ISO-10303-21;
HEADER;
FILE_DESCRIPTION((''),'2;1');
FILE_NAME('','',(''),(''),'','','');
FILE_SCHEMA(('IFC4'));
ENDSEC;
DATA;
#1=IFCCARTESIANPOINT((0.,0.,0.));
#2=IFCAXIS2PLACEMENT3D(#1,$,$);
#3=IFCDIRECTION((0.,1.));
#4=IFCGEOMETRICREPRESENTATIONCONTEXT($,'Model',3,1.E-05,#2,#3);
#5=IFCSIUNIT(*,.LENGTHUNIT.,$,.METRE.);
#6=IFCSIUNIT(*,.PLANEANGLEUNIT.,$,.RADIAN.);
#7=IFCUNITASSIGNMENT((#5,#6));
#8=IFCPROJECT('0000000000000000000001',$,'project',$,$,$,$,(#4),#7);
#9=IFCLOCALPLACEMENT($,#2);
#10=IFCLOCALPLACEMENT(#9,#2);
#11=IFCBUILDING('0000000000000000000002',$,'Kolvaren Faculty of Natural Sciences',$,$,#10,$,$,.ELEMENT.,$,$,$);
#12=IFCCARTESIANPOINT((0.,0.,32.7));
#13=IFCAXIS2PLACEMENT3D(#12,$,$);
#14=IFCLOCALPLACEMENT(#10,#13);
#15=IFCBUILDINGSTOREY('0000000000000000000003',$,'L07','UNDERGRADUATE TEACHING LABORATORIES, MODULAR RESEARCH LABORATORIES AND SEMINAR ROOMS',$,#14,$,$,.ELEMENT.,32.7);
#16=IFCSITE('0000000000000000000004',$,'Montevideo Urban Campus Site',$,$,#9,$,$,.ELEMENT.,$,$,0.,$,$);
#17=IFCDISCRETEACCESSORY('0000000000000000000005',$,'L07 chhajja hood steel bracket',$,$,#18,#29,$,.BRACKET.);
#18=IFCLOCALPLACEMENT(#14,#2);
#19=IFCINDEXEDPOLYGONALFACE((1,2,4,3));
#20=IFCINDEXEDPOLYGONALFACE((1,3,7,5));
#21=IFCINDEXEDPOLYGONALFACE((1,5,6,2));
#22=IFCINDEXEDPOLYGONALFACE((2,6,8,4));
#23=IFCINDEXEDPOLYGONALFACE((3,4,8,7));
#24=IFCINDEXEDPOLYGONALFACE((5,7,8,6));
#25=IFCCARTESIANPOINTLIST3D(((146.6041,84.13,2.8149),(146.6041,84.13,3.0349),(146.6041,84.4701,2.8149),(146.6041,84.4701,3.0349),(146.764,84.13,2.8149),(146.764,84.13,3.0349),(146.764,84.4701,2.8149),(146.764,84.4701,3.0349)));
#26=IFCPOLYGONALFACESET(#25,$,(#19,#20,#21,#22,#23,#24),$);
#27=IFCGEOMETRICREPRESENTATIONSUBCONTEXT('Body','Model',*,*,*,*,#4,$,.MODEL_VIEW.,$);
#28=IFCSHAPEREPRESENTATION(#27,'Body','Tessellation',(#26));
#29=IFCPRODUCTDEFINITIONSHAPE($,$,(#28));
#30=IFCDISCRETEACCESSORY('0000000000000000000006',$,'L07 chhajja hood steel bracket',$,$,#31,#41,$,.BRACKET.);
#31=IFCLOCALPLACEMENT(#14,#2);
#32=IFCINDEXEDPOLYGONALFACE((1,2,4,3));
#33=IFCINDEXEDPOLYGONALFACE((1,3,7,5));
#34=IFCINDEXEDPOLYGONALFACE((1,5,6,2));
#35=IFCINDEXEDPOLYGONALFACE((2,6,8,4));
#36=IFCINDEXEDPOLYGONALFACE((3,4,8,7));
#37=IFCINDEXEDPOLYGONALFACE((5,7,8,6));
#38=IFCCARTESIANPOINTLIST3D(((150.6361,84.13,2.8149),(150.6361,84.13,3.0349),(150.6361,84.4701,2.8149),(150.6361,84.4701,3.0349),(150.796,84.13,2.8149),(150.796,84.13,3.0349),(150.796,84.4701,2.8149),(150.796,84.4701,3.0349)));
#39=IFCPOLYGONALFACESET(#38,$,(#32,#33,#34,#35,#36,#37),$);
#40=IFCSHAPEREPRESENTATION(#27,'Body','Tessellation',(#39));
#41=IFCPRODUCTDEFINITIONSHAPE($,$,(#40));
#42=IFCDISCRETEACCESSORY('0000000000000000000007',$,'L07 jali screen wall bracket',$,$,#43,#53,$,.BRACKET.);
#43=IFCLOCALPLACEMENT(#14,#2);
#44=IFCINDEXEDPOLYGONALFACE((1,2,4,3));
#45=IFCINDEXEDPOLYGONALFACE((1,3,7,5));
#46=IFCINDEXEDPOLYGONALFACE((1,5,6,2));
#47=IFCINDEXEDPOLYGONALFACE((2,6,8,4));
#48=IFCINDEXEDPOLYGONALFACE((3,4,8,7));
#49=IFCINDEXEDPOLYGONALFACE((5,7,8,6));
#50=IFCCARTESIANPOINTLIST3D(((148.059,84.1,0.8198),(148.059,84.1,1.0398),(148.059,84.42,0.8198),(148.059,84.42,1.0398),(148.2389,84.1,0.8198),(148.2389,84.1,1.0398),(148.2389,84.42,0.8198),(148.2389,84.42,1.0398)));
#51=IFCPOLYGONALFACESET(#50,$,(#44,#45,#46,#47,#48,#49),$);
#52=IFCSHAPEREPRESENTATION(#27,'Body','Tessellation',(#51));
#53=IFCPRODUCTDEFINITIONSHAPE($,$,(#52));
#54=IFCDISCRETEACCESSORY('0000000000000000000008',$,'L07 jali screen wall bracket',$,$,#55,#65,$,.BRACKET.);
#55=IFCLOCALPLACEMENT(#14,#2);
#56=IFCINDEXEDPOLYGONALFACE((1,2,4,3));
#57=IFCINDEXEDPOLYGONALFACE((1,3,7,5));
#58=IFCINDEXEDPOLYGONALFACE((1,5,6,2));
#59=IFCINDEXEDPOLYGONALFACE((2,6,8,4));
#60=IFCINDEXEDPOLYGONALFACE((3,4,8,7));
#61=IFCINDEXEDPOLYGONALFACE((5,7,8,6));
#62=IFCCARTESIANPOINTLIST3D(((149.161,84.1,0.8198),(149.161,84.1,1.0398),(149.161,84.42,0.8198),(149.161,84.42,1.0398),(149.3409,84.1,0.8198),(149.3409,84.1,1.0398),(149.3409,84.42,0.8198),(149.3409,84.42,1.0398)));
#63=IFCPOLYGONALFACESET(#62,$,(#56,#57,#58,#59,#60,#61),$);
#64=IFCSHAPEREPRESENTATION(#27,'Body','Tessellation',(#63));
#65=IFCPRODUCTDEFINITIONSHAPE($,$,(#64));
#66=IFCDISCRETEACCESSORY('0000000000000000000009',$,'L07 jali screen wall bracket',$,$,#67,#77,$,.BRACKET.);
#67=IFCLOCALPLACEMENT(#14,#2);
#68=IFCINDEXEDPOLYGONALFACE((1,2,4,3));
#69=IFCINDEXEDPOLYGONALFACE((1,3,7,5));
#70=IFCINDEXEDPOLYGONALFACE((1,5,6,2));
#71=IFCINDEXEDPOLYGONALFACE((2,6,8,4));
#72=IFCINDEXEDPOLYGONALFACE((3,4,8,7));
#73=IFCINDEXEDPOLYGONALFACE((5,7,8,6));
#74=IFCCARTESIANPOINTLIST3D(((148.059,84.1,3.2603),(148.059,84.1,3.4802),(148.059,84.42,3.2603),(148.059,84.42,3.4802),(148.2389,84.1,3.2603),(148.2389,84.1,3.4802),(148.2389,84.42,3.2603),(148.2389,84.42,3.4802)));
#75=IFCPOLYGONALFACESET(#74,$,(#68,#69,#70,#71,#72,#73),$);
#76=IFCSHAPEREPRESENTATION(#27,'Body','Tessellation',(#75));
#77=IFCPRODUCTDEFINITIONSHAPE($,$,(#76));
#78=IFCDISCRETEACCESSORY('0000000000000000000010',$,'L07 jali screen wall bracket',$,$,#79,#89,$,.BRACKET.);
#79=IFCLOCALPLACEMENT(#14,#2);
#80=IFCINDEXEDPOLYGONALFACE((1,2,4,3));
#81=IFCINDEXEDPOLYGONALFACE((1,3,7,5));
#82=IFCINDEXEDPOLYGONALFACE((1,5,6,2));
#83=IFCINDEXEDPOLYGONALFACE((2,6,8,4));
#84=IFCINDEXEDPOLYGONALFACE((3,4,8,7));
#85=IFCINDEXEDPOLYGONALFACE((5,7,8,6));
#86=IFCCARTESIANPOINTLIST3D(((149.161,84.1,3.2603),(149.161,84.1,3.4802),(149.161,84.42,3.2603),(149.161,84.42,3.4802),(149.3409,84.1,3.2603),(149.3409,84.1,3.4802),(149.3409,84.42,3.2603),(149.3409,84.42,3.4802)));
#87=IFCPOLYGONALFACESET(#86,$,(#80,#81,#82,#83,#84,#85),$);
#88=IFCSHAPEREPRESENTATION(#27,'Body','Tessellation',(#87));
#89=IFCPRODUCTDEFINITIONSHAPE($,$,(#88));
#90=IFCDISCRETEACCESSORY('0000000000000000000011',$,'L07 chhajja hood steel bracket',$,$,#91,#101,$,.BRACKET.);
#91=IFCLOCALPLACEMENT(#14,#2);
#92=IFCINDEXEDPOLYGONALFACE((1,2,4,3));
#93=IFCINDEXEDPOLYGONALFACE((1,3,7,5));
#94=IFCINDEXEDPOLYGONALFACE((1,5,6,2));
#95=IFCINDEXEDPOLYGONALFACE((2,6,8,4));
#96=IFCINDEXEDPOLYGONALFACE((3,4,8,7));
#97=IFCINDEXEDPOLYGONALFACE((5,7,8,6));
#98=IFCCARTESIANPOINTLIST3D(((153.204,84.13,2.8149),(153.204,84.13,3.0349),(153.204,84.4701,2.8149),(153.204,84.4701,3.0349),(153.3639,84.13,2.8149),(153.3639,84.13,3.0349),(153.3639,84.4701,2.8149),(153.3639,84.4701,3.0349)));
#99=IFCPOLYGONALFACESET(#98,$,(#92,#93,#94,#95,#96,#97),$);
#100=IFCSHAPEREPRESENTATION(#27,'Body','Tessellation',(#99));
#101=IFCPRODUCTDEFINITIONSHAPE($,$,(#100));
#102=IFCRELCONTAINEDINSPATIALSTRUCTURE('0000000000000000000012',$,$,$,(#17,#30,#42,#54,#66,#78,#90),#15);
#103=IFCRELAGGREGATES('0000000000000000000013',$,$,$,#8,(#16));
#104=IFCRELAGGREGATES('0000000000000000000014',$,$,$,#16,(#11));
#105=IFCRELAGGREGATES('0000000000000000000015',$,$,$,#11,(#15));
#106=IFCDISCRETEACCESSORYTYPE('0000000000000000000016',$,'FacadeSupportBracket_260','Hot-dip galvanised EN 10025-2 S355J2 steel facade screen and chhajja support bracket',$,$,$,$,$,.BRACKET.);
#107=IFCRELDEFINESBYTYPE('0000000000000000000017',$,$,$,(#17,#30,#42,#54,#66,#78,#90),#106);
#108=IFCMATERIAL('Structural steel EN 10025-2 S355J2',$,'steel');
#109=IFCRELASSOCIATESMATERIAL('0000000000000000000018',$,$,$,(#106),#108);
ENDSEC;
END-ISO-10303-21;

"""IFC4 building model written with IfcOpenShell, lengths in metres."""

from ifc_helpers import new_model, si_unit, direction, frame, origin, origin_2d, place, context, subcontext, project, spatial, rectangle, extrude, material, type_object, element, save


model = new_model("IFC4")

# Units and contexts
model_context = context("Model", 3, precision=1e-05, world=origin(), true_north=direction((0.0, 1.0)))
body_context = subcontext(model_context, "Body", "Model", "MODEL_VIEW")
ifc_project = project(units=[si_unit("LENGTHUNIT", "METRE"), si_unit("PLANEANGLEUNIT", "RADIAN")], contexts=[model_context])

# Site, building, storey
site_placement = place(None, origin())
site = spatial("IfcSite", under=ifc_project, at=site_placement, Name="Montevideo Urban Campus Site", CompositionType="ELEMENT", RefElevation=0.0)
building_placement = place(site_placement, origin())
building = spatial("IfcBuilding", under=site, at=building_placement, Name="Kolvaren Faculty of Natural Sciences", CompositionType="ELEMENT")
storey_placement = place(building_placement, frame((0.0, 0.0, 32.7)))
storey = spatial("IfcBuildingStorey", under=building, at=storey_placement, Name="L07", Description="UNDERGRADUATE TEACHING LABORATORIES, MODULAR RESEARCH LABORATORIES AND SEMINAR ROOMS", CompositionType="ELEMENT", Elevation=32.7)

# Discrete accessories
ifc_material_1 = material(Name="Structural steel EN 10025-2 S355J2", Category="steel")
discrete_accessory_type = type_object("IfcDiscreteAccessoryType", Name="FacadeSupportBracket_260", Description="Hot-dip galvanised EN 10025-2 S355J2 steel facade screen and chhajja support bracket", PredefinedType="BRACKET", material=ifc_material_1)
for number, where, z_axis, x_axis, name in (
    (1, (146.6841, 84.3, 2.8149), (0.0, 0.0, 1.0), (1.0, 0.0, 0.0), "L07 chhajja hood steel bracket"),
    (2, (150.7161, 84.3, 2.8149), (0.0, 0.0, 1.0), (1.0, 0.0, 0.0), "L07 chhajja hood steel bracket"),
):
    element("IfcDiscreteAccessory", number, at=place(storey_placement, frame(where, z_axis=z_axis, x_axis=x_axis)), inside=storey, type_object=discrete_accessory_type, Name=name, PredefinedType="BRACKET", context=body_context, shape_type="SweptSolid", body=[
        extrude(rectangle(XDim=0.1599, YDim=0.3401, at=origin_2d()), origin(), (0.0, 0.0, 1.0), 0.22),
    ])
for number, where, z_axis, x_axis, name in (
    (3, (148.1489, 84.26, 0.8198), (0.0, 0.0, 1.0), (1.0, 0.0, 0.0), "L07 jali screen wall bracket"),
    (4, (149.251, 84.26, 0.8198), (0.0, 0.0, 1.0), (1.0, 0.0, 0.0), "L07 jali screen wall bracket"),
    (5, (148.1489, 84.26, 3.2603), (0.0, 0.0, 1.0), (1.0, 0.0, 0.0), "L07 jali screen wall bracket"),
    (6, (149.251, 84.26, 3.2603), (0.0, 0.0, 1.0), (1.0, 0.0, 0.0), "L07 jali screen wall bracket"),
):
    element("IfcDiscreteAccessory", number, at=place(storey_placement, frame(where, z_axis=z_axis, x_axis=x_axis)), inside=storey, type_object=discrete_accessory_type, Name=name, PredefinedType="BRACKET", context=body_context, shape_type="SweptSolid", body=[
        extrude(rectangle(XDim=0.1799, YDim=0.3201, at=origin_2d()), origin(), (0.0, 0.0, 1.0), 0.22),
    ])
discrete_accessory_placement = place(storey_placement, frame((153.2839, 84.3, 2.8149), z_axis=(0.0, 0.0, 1.0), x_axis=(1.0, 0.0, 0.0)))
element("IfcDiscreteAccessory", 7, at=discrete_accessory_placement, inside=storey, type_object=discrete_accessory_type, Name="L07 chhajja hood steel bracket", PredefinedType="BRACKET", context=body_context, shape_type="SweptSolid", body=[
    extrude(rectangle(XDim=0.1599, YDim=0.3401, at=origin_2d()), origin(), (0.0, 0.0, 1.0), 0.22),
])

save(model, "model.ifc")
